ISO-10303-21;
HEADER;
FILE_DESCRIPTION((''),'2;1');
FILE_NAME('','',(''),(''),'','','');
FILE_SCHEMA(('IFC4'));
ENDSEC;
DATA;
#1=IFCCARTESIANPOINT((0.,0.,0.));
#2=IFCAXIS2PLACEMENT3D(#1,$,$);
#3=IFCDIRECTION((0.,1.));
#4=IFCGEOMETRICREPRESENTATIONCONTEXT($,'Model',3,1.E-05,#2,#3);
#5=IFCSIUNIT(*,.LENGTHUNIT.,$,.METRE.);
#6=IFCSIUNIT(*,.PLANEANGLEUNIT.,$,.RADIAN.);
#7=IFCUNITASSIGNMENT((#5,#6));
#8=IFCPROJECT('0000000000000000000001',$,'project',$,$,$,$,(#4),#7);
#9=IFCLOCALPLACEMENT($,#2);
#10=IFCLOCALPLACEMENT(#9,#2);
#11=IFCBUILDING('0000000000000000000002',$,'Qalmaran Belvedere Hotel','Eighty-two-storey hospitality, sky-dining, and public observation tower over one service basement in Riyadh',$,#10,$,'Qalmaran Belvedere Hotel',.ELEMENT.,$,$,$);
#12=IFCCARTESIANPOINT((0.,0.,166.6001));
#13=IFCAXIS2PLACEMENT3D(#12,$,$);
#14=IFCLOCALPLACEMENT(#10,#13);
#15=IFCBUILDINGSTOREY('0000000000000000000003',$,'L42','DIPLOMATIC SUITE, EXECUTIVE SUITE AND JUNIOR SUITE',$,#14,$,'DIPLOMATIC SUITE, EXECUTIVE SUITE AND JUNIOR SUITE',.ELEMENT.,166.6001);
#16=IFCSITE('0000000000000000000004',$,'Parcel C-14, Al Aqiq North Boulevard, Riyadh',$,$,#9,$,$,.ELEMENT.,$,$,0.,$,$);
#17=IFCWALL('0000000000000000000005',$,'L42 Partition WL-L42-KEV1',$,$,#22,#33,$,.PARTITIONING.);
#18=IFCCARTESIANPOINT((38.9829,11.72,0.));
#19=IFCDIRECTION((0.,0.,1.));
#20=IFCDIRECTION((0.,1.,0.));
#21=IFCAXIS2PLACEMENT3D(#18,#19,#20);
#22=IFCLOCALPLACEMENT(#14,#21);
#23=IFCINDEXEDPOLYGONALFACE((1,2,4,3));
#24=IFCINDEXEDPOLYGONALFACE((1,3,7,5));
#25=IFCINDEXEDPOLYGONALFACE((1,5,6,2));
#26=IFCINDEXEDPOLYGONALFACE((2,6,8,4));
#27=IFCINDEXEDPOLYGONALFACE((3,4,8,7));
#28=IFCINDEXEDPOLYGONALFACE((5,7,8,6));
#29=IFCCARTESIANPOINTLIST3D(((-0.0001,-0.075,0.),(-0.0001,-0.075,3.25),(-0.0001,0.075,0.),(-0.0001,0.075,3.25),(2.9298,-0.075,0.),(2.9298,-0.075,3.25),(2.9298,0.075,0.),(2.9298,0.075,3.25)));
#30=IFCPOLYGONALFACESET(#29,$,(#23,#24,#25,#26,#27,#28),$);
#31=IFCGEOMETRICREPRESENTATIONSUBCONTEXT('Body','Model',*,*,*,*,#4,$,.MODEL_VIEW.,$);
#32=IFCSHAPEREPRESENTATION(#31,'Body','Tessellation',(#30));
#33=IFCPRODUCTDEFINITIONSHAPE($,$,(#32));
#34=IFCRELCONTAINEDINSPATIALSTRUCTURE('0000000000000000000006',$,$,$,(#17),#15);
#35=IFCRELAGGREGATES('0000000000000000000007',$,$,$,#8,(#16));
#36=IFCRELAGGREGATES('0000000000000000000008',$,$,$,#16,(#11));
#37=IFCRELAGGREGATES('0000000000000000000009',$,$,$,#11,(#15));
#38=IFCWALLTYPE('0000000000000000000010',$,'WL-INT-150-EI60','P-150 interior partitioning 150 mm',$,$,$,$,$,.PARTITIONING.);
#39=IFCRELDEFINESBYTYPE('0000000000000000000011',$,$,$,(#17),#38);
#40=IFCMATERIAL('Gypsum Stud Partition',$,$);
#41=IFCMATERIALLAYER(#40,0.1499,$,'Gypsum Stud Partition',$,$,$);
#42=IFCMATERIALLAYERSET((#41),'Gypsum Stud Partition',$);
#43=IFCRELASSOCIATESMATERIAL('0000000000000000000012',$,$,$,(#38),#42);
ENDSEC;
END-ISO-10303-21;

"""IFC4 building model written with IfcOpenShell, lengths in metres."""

from ifc_helpers import new_model, si_unit, direction, frame, frame_2d, origin, place, context, subcontext, project, spatial, rectangle, extrude, material, layer, layer_set, type_object, element, save


model = new_model("IFC4")

# Units and contexts
model_context = context("Model", 3, precision=1e-05, world=origin(), true_north=direction((0.0, 1.0)))
body_context = subcontext(model_context, "Body", "Model", "MODEL_VIEW")
ifc_project = project(units=[si_unit("LENGTHUNIT", "METRE"), si_unit("PLANEANGLEUNIT", "RADIAN")], contexts=[model_context])

# Site, building, storey
site_placement = place(None, origin())
site = spatial("IfcSite", under=ifc_project, at=site_placement, Name="Parcel C-14, Al Aqiq North Boulevard, Riyadh", CompositionType="ELEMENT", RefElevation=0.0)
building_placement = place(site_placement, origin())
building = spatial("IfcBuilding", under=site, at=building_placement, Name="Qalmaran Belvedere Hotel", Description="Eighty-two-storey hospitality, sky-dining, and public observation tower over one service basement in Riyadh", LongName="Qalmaran Belvedere Hotel", CompositionType="ELEMENT")
storey_placement = place(building_placement, frame((0.0, 0.0, 166.6001)))
storey = spatial("IfcBuildingStorey", under=building, at=storey_placement, Name="L42", Description="DIPLOMATIC SUITE, EXECUTIVE SUITE AND JUNIOR SUITE", LongName="DIPLOMATIC SUITE, EXECUTIVE SUITE AND JUNIOR SUITE", CompositionType="ELEMENT", Elevation=166.6001)

# Wall
ifc_material_1 = material(Name="Gypsum Stud Partition")
ifc_layer_1 = layer(ifc_material_1, 0.1499, Name="Gypsum Stud Partition")
ifc_layer_set_1 = layer_set([ifc_layer_1], Name="Gypsum Stud Partition")
wall_type_1 = type_object("IfcWallType", Name="WL-INT-150-EI60", Description="P-150 interior partitioning 150 mm", PredefinedType="PARTITIONING", material=ifc_layer_set_1)
wall_1_placement = place(storey_placement, frame((38.9829, 11.72, 0.0), z_axis=(0.0, 0.0, 1.0), x_axis=(0.0, 1.0, 0.0)))
element("IfcWall", 1, at=wall_1_placement, inside=storey, type_object=wall_type_1, Name="L42 Partition WL-L42-KEV1", PredefinedType="PARTITIONING", context=body_context, shape_type="SweptSolid", body=[
    extrude(rectangle(XDim=2.9299, YDim=0.1499, at=frame_2d((1.4648, 0.0))), origin(), (0.0, 0.0, 1.0), 3.25),
])

save(model, "model.ifc")
